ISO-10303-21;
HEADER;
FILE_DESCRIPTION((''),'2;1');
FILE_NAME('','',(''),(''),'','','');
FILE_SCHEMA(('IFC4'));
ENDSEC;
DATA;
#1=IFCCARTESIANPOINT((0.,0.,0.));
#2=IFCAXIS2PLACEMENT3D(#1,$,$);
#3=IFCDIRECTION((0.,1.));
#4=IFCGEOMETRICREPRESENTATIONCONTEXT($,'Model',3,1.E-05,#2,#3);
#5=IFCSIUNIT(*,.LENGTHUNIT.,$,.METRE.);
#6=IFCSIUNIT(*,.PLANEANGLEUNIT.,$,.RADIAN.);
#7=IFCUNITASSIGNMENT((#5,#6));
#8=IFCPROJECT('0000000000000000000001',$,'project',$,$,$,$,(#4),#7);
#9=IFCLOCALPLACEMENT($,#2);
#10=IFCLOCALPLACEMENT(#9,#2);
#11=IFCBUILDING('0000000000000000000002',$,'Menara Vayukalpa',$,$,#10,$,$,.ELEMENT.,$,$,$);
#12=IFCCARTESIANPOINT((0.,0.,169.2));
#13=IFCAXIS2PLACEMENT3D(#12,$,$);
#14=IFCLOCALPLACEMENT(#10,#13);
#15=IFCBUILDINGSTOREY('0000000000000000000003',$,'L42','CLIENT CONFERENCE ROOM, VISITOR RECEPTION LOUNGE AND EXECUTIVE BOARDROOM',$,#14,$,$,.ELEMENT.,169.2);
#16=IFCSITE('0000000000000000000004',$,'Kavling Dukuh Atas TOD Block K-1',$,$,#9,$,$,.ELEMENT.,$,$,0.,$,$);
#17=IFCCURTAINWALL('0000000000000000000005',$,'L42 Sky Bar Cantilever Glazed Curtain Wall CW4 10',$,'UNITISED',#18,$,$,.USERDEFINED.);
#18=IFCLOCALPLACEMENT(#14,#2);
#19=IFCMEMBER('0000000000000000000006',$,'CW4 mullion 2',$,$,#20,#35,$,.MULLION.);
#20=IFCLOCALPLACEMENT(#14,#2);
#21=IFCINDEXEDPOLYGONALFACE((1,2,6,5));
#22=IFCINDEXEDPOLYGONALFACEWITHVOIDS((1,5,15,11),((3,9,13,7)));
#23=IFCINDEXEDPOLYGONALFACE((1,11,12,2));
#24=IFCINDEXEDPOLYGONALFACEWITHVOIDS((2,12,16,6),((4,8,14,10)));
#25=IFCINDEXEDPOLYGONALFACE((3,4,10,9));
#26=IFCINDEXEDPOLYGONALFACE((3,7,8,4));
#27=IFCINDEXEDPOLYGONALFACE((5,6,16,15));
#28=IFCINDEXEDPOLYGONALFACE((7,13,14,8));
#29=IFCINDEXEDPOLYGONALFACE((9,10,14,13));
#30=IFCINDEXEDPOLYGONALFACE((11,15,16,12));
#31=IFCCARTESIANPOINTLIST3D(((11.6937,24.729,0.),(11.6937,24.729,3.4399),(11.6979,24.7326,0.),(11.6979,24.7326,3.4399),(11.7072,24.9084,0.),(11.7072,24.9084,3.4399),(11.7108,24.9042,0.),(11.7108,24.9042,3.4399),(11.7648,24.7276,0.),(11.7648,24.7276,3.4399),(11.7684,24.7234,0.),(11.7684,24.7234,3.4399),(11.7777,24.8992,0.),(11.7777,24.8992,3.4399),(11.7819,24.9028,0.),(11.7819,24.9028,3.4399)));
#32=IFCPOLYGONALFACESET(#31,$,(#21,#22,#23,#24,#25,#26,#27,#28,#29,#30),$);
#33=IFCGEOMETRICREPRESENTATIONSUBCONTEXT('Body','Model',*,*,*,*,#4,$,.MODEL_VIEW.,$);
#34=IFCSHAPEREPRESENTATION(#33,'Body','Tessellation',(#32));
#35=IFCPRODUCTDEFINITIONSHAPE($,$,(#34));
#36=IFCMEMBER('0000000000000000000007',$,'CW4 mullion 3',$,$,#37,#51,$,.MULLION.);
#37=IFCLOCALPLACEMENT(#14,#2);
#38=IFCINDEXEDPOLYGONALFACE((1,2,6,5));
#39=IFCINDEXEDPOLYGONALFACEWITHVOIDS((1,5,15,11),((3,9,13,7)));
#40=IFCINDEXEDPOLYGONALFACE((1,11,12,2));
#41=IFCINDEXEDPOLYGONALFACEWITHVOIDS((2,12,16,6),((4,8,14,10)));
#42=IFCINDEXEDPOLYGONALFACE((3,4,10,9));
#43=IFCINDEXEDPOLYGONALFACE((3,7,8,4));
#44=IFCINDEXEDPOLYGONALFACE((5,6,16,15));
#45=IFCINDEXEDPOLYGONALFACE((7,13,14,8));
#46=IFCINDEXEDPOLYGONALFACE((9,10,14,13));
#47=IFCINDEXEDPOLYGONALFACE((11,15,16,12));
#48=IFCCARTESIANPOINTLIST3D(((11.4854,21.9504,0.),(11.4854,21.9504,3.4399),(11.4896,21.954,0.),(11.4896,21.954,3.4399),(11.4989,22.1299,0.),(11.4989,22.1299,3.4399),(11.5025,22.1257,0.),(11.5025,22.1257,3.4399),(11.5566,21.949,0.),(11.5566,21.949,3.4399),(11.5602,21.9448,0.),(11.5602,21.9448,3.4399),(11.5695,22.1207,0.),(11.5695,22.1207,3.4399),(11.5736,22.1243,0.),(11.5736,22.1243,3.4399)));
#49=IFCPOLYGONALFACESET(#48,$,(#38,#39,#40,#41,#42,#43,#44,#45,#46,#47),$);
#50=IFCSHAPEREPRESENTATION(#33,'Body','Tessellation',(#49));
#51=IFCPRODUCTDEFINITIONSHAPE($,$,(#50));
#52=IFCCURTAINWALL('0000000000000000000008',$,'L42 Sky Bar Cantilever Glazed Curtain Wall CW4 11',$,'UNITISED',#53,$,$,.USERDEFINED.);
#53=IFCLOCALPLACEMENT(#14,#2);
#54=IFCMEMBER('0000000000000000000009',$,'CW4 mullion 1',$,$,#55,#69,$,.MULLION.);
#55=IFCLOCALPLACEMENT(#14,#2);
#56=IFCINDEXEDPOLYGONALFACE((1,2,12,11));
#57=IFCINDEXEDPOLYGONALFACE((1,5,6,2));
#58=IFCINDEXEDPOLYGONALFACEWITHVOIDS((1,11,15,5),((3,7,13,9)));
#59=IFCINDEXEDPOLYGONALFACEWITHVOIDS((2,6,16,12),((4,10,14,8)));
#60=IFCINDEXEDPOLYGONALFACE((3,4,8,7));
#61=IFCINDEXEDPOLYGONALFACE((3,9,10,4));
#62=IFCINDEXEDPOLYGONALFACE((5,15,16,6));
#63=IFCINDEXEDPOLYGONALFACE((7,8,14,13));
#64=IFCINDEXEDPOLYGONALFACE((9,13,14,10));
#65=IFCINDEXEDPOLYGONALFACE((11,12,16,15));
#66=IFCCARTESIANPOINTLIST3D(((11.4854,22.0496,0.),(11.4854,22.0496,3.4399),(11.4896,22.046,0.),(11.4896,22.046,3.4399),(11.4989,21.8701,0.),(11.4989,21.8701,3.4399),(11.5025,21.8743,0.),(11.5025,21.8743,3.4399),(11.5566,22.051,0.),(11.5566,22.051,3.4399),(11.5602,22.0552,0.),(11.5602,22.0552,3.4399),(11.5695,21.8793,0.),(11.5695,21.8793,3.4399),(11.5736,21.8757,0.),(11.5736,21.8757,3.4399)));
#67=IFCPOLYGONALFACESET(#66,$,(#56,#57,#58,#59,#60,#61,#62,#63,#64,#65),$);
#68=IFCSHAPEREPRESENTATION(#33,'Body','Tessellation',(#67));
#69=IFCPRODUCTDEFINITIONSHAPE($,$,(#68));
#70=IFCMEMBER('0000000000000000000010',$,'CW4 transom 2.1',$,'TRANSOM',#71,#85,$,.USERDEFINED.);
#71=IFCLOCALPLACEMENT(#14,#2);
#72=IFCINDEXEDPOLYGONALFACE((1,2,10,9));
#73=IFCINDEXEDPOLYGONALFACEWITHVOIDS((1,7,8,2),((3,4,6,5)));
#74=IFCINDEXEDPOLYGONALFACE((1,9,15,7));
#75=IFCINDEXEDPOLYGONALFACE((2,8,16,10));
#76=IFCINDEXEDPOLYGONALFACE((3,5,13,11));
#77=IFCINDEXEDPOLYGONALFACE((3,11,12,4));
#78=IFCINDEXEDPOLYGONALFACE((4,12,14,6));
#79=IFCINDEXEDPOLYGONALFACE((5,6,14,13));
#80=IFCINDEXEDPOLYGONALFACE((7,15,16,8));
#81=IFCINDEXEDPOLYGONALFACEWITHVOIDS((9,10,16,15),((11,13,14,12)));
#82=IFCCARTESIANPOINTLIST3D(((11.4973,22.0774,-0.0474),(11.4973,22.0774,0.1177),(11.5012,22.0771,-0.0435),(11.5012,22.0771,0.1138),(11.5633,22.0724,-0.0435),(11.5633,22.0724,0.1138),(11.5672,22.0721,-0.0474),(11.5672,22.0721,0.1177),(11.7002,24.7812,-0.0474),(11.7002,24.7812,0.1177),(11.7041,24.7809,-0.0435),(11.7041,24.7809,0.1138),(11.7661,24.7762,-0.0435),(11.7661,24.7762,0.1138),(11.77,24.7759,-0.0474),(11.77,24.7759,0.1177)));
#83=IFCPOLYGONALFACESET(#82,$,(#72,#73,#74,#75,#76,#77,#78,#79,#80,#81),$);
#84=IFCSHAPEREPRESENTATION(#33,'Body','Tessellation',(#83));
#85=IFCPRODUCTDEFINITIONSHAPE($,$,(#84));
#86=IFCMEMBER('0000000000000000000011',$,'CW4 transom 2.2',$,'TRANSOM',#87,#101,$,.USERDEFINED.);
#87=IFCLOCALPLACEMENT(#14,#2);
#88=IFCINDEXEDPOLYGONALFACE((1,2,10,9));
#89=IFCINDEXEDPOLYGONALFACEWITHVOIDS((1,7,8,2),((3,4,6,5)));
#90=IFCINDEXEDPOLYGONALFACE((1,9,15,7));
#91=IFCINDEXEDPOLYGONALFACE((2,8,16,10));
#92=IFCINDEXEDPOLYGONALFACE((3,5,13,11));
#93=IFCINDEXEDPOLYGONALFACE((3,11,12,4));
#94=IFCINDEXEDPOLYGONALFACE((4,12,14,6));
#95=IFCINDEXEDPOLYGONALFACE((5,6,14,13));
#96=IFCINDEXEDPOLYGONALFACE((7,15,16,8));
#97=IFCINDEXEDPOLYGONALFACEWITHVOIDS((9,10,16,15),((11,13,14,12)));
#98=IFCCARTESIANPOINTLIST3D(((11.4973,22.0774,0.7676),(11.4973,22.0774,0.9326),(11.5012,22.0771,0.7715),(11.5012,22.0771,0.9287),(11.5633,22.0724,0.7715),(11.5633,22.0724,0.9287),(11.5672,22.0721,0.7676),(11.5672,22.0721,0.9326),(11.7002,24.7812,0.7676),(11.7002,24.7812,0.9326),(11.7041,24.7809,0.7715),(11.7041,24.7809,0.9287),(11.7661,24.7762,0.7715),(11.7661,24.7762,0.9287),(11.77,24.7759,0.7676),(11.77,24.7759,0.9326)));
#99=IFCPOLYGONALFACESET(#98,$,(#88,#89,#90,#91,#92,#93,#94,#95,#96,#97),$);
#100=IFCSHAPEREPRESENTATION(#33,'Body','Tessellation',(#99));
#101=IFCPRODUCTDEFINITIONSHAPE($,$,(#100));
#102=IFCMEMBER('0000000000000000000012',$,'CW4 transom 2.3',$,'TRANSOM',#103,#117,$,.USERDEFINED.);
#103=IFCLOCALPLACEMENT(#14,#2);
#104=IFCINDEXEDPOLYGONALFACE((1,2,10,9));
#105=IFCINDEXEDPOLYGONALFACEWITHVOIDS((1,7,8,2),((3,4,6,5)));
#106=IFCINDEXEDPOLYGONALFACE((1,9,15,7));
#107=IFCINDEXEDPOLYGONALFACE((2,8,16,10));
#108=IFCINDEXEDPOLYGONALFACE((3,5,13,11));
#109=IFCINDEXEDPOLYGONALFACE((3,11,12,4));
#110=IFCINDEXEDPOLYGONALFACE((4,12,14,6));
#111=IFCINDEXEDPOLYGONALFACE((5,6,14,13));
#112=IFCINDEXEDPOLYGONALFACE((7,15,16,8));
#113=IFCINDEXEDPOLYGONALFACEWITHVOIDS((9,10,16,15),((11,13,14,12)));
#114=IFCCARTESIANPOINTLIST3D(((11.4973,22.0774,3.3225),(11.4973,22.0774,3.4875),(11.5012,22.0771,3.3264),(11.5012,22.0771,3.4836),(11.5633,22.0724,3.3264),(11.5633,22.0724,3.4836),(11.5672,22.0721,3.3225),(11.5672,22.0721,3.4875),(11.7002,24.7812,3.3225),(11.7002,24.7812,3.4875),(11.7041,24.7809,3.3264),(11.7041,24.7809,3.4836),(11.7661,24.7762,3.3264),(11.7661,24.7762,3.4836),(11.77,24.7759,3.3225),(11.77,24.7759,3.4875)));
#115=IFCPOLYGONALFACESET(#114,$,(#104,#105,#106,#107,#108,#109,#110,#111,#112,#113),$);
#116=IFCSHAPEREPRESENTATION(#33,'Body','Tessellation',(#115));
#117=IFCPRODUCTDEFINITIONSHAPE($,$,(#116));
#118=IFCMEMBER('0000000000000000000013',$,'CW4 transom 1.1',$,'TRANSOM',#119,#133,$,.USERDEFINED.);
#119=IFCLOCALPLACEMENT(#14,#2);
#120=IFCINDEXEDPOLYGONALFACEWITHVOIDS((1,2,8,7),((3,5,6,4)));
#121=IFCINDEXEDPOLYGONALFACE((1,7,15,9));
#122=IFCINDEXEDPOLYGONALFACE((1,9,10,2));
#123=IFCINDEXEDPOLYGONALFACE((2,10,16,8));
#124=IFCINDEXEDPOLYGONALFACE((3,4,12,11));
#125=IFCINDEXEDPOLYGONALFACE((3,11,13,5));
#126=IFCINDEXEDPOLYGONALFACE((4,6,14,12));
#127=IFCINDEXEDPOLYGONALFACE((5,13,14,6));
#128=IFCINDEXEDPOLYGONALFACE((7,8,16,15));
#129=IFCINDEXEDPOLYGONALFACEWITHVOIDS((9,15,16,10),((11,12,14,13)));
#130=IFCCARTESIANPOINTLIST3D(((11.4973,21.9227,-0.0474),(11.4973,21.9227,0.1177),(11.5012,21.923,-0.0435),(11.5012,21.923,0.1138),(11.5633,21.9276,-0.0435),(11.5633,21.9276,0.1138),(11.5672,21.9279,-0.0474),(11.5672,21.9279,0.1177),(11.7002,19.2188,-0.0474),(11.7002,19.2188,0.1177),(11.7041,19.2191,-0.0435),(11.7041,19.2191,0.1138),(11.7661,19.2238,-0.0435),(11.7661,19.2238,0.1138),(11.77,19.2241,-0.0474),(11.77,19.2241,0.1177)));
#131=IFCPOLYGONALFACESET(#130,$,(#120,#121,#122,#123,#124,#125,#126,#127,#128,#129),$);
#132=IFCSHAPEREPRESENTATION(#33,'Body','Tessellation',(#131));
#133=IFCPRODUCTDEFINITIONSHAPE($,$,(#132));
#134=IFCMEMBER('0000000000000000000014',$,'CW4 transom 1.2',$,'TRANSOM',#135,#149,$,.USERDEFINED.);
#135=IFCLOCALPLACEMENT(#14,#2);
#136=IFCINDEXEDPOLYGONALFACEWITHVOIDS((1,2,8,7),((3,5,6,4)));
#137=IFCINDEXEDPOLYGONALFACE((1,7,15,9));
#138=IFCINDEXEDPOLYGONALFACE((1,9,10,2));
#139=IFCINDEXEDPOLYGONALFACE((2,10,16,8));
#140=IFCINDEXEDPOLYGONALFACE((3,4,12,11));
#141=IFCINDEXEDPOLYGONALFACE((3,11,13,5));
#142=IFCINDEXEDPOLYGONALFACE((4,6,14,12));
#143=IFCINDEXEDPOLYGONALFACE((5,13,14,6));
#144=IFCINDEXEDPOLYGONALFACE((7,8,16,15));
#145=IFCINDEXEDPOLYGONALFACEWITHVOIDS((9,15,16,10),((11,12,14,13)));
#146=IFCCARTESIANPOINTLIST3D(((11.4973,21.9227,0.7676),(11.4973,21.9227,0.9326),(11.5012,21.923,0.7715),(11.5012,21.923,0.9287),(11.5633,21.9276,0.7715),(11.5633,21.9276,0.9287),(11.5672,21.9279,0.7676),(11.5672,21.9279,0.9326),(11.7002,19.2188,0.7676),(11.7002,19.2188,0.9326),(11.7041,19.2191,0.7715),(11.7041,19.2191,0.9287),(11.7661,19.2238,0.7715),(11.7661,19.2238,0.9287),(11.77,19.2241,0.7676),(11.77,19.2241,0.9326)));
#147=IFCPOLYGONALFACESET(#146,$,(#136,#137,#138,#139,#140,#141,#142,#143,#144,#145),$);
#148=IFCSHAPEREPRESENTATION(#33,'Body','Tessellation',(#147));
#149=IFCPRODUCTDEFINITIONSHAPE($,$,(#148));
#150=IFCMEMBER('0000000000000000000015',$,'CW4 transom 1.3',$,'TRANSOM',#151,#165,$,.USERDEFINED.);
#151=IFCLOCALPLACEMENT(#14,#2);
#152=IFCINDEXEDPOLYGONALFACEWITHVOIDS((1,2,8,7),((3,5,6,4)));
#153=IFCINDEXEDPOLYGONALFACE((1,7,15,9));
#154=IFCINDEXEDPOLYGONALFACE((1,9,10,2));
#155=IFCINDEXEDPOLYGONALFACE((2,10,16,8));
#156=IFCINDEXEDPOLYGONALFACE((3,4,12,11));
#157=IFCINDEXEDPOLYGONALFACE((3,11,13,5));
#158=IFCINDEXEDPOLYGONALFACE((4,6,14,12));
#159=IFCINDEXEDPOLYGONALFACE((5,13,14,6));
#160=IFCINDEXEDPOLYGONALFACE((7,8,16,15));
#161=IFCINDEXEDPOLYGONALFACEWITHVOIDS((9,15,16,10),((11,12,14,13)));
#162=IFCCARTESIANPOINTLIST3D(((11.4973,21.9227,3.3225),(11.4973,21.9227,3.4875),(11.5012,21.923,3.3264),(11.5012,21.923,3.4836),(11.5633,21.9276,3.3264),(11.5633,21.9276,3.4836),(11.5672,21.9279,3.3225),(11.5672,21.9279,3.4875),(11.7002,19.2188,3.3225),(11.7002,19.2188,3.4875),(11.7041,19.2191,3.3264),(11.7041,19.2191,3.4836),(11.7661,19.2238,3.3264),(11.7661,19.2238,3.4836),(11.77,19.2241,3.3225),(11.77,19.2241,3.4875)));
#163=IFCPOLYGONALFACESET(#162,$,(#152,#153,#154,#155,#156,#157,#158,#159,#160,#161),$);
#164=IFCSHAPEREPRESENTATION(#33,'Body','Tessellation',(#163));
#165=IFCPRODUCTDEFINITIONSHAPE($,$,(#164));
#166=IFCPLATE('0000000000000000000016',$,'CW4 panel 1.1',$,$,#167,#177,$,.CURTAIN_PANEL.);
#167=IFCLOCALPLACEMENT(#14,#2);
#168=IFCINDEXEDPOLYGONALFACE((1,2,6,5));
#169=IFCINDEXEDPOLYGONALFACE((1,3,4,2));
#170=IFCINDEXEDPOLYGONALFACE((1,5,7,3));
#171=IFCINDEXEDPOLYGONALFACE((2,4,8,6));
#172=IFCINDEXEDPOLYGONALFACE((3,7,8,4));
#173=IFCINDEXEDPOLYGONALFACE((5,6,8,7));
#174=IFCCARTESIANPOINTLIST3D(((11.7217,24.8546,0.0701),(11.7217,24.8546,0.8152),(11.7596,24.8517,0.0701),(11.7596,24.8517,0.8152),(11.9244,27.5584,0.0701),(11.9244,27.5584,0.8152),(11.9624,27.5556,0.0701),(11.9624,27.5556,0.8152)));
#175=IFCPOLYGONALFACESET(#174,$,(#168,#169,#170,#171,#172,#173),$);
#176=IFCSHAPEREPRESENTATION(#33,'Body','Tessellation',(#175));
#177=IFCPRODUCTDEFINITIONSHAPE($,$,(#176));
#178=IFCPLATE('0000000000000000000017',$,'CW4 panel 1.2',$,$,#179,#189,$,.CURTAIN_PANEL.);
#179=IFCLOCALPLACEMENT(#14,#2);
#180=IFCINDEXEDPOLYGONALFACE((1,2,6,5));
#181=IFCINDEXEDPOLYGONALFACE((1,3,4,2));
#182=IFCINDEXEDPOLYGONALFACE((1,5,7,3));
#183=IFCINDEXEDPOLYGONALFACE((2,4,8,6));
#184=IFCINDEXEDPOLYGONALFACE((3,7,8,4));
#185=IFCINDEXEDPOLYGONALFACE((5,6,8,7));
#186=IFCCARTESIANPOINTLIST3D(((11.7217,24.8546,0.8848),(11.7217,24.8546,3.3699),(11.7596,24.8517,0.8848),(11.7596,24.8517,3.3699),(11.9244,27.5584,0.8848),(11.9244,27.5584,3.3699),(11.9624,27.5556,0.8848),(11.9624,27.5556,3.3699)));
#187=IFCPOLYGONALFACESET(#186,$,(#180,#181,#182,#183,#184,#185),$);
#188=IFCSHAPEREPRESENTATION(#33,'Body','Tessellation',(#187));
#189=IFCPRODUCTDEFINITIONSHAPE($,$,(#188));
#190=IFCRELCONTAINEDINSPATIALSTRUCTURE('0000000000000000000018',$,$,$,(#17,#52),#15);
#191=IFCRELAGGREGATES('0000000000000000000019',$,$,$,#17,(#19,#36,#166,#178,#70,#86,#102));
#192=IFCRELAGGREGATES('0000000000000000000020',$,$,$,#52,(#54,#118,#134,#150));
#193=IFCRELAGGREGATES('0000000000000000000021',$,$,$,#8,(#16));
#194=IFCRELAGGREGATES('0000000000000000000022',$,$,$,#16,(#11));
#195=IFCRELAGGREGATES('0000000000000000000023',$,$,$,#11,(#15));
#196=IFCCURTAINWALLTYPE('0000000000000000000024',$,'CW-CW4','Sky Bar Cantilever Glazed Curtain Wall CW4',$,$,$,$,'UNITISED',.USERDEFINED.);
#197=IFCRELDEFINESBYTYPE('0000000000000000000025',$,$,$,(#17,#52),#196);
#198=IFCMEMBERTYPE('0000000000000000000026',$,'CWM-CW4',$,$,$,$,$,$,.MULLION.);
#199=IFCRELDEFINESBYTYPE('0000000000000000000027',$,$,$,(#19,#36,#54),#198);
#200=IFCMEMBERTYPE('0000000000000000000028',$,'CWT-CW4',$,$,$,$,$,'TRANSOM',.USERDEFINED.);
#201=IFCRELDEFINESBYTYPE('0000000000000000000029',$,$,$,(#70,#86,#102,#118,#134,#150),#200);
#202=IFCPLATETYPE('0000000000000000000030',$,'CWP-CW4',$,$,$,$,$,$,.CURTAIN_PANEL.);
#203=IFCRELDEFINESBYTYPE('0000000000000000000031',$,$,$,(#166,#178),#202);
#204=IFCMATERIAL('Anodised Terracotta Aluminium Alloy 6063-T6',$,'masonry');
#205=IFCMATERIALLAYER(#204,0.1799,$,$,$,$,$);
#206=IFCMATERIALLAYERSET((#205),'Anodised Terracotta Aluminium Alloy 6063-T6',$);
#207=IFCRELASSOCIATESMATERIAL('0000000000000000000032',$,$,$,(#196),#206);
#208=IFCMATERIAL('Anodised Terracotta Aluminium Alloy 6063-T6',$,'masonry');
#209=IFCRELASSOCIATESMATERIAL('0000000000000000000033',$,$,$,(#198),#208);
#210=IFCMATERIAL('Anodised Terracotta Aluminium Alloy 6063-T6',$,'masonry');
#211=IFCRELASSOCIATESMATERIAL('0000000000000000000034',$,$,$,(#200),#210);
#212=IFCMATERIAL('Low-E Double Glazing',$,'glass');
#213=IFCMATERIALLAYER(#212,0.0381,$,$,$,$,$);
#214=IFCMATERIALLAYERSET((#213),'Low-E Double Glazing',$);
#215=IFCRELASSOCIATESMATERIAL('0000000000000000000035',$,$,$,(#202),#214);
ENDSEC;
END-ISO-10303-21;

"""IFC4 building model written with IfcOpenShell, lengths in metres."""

from ifc_helpers import new_model, si_unit, direction, frame, origin, origin_2d, place, context, subcontext, project, spatial, rectangle, hollow_rectangle, extrude, material, layer, layer_set, material_profile, profile_set, type_object, element, aggregate, save


model = new_model("IFC4")

# Units and contexts
model_context = context("Model", 3, precision=1e-05, world=origin(), true_north=direction((0.0, 1.0)))
body_context = subcontext(model_context, "Body", "Model", "MODEL_VIEW")
ifc_project = project(units=[si_unit("LENGTHUNIT", "METRE"), si_unit("PLANEANGLEUNIT", "RADIAN")], contexts=[model_context])

# Site, building, storey
site_placement = place(None, origin())
site = spatial("IfcSite", under=ifc_project, at=site_placement, Name="Kavling Dukuh Atas TOD Block K-1", CompositionType="ELEMENT", RefElevation=0.0)
building_placement = place(site_placement, origin())
building = spatial("IfcBuilding", under=site, at=building_placement, Name="Menara Vayukalpa", CompositionType="ELEMENT")
storey_placement = place(building_placement, frame((0.0, 0.0, 169.2)))
storey = spatial("IfcBuildingStorey", under=building, at=storey_placement, Name="L42", Description="CLIENT CONFERENCE ROOM, VISITOR RECEPTION LOUNGE AND EXECUTIVE BOARDROOM", CompositionType="ELEMENT", Elevation=169.2)

# Curtain wall, members
ifc_material_1 = material(Name="Anodised Terracotta Aluminium Alloy 6063-T6", Category="masonry")
ifc_layer_1 = layer(ifc_material_1, 0.1799)
ifc_layer_set_1 = layer_set([ifc_layer_1], Name="Anodised Terracotta Aluminium Alloy 6063-T6")
curtain_wall_type = type_object("IfcCurtainWallType", Name="CW-CW4", Description="Sky Bar Cantilever Glazed Curtain Wall CW4", ElementType="UNITISED", PredefinedType="USERDEFINED", material=ifc_layer_set_1)
curtain_wall_1_placement = place(storey_placement, origin())
curtain_wall_1 = element("IfcCurtainWall", 1, at=curtain_wall_1_placement, inside=storey, type_object=curtain_wall_type, Name="L42 Sky Bar Cantilever Glazed Curtain Wall CW4 10", ObjectType="UNITISED", PredefinedType="USERDEFINED")
ifc_material_2 = material(Name="Anodised Terracotta Aluminium Alloy 6063-T6", Category="masonry")
ifc_material_profile_1 = material_profile(ifc_material_2, hollow_rectangle(XDim=0.075, YDim=0.1799, WallThickness=0.0039, at=origin_2d()), Name="ALU 75x180x4")
ifc_profile_set_1 = profile_set([ifc_material_profile_1], Name="Anodised Terracotta Aluminium Alloy 6063-T6")
member_type_1 = type_object("IfcMemberType", Name="CWM-CW4", PredefinedType="MULLION", material=ifc_profile_set_1)
member_1_placement = place(storey_placement, frame((11.7378, 24.8159, 0.0), z_axis=(0.0, 0.0, 1.0), x_axis=(0.997199, -0.074793, 0.0)))
member_1 = element("IfcMember", 2, at=member_1_placement, type_object=member_type_1, Name="CW4 mullion 2", PredefinedType="MULLION", context=body_context, shape_type="SweptSolid", body=[
    extrude(hollow_rectangle(XDim=0.075, YDim=0.1799, WallThickness=0.0039, at=origin_2d()), origin(), (0.0, 0.0, 1.0), 3.4399),
])
member_2_placement = place(storey_placement, frame((11.5295, 22.0374, 0.0), z_axis=(0.0, 0.0, 1.0), x_axis=(0.997199, -0.074793, 0.0)))
member_2 = element("IfcMember", 3, at=member_2_placement, type_object=member_type_1, Name="CW4 mullion 3", PredefinedType="MULLION", context=body_context, shape_type="SweptSolid", body=[
    extrude(hollow_rectangle(XDim=0.075, YDim=0.1799, WallThickness=0.0039, at=origin_2d()), origin(), (0.0, 0.0, 1.0), 3.4399),
])

# Curtain wall, member
curtain_wall_2_placement = place(storey_placement, origin())
curtain_wall_2 = element("IfcCurtainWall", 4, at=curtain_wall_2_placement, inside=storey, type_object=curtain_wall_type, Name="L42 Sky Bar Cantilever Glazed Curtain Wall CW4 11", ObjectType="UNITISED", PredefinedType="USERDEFINED")
member_3_placement = place(storey_placement, frame((11.5295, 21.9626, 0.0), z_axis=(0.0, 0.0, 1.0), x_axis=(0.997199, 0.074793, 0.0)))
member_3 = element("IfcMember", 5, at=member_3_placement, type_object=member_type_1, Name="CW4 mullion 1", PredefinedType="MULLION", context=body_context, shape_type="SweptSolid", body=[
    extrude(hollow_rectangle(XDim=0.075, YDim=0.1799, WallThickness=0.0039, at=origin_2d()), origin(), (0.0, 0.0, 1.0), 3.4399),
])

# Members
ifc_material_3 = material(Name="Anodised Terracotta Aluminium Alloy 6063-T6", Category="masonry")
ifc_material_profile_2 = material_profile(ifc_material_3, hollow_rectangle(XDim=0.0701, YDim=0.165, WallThickness=0.0039, at=origin_2d()), Name="ALU 70x165x4")
ifc_profile_set_2 = profile_set([ifc_material_profile_2], Name="Anodised Terracotta Aluminium Alloy 6063-T6")
member_type_2 = type_object("IfcMemberType", Name="CWT-CW4", ElementType="TRANSOM", PredefinedType="USERDEFINED", material=ifc_profile_set_2)
member_4_placement = place(storey_placement, frame((11.7351, 24.7786, 0.0352), z_axis=(-0.074824, -0.997197, 0.0), x_axis=(0.997197, -0.074824, 0.0)))
member_4 = element("IfcMember", 6, at=member_4_placement, type_object=member_type_2, Name="CW4 transom 2.1", ObjectType="TRANSOM", PredefinedType="USERDEFINED", context=body_context, shape_type="SweptSolid", body=[
    extrude(hollow_rectangle(XDim=0.0701, YDim=0.165, WallThickness=0.0039, at=origin_2d()), origin(), (0.0, 0.0, 1.0), 2.7114),
])
member_5_placement = place(storey_placement, frame((11.7351, 24.7786, 0.8501), z_axis=(-0.074824, -0.997197, 0.0), x_axis=(0.997197, -0.074824, 0.0)))
member_5 = element("IfcMember", 7, at=member_5_placement, type_object=member_type_2, Name="CW4 transom 2.2", ObjectType="TRANSOM", PredefinedType="USERDEFINED", context=body_context, shape_type="SweptSolid", body=[
    extrude(hollow_rectangle(XDim=0.0701, YDim=0.165, WallThickness=0.0039, at=origin_2d()), origin(), (0.0, 0.0, 1.0), 2.7114),
])
member_6_placement = place(storey_placement, frame((11.7351, 24.7786, 3.405), z_axis=(-0.074824, -0.997197, 0.0), x_axis=(0.997197, -0.074824, 0.0)))
member_6 = element("IfcMember", 8, at=member_6_placement, type_object=member_type_2, Name="CW4 transom 2.3", ObjectType="TRANSOM", PredefinedType="USERDEFINED", context=body_context, shape_type="SweptSolid", body=[
    extrude(hollow_rectangle(XDim=0.0701, YDim=0.165, WallThickness=0.0039, at=origin_2d()), origin(), (0.0, 0.0, 1.0), 2.7114),
])
member_7_placement = place(storey_placement, frame((11.5322, 21.9253, 0.0352), z_axis=(0.074824, -0.997197, 0.0), x_axis=(0.997197, 0.074824, 0.0)))
member_7 = element("IfcMember", 9, at=member_7_placement, type_object=member_type_2, Name="CW4 transom 1.1", ObjectType="TRANSOM", PredefinedType="USERDEFINED", context=body_context, shape_type="SweptSolid", body=[
    extrude(hollow_rectangle(XDim=0.0701, YDim=0.165, WallThickness=0.0039, at=origin_2d()), origin(), (0.0, 0.0, 1.0), 2.7114),
])
member_8_placement = place(storey_placement, frame((11.5322, 21.9253, 0.8501), z_axis=(0.074824, -0.997197, 0.0), x_axis=(0.997197, 0.074824, 0.0)))
member_8 = element("IfcMember", 10, at=member_8_placement, type_object=member_type_2, Name="CW4 transom 1.2", ObjectType="TRANSOM", PredefinedType="USERDEFINED", context=body_context, shape_type="SweptSolid", body=[
    extrude(hollow_rectangle(XDim=0.0701, YDim=0.165, WallThickness=0.0039, at=origin_2d()), origin(), (0.0, 0.0, 1.0), 2.7114),
])
member_9_placement = place(storey_placement, frame((11.5322, 21.9253, 3.405), z_axis=(0.074824, -0.997197, 0.0), x_axis=(0.997197, 0.074824, 0.0)))
member_9 = element("IfcMember", 11, at=member_9_placement, type_object=member_type_2, Name="CW4 transom 1.3", ObjectType="TRANSOM", PredefinedType="USERDEFINED", context=body_context, shape_type="SweptSolid", body=[
    extrude(hollow_rectangle(XDim=0.0701, YDim=0.165, WallThickness=0.0039, at=origin_2d()), origin(), (0.0, 0.0, 1.0), 2.7114),
])

# Plates
ifc_material_4 = material(Name="Low-E Double Glazing", Category="glass")
ifc_layer_2 = layer(ifc_material_4, 0.0381)
ifc_layer_set_2 = layer_set([ifc_layer_2], Name="Low-E Double Glazing")
plate_type = type_object("IfcPlateType", Name="CWP-CW4", PredefinedType="CURTAIN_PANEL", material=ifc_layer_set_2)
plate_1_placement = place(storey_placement, frame((11.842, 26.2051, 0.0701), z_axis=(0.0, 0.0, 1.0), x_axis=(-0.074793, -0.997199, 0.0)))
plate_1 = element("IfcPlate", 12, at=plate_1_placement, type_object=plate_type, Name="CW4 panel 1.1", PredefinedType="CURTAIN_PANEL", context=body_context, shape_type="SweptSolid", body=[
    extrude(rectangle(XDim=2.7114, YDim=0.0381, at=origin_2d()), origin(), (0.0, 0.0, 1.0), 0.7451),
])
plate_2_placement = place(storey_placement, frame((11.842, 26.2051, 0.8848), z_axis=(0.0, 0.0, 1.0), x_axis=(-0.074793, -0.997199, 0.0)))
plate_2 = element("IfcPlate", 13, at=plate_2_placement, type_object=plate_type, Name="CW4 panel 1.2", PredefinedType="CURTAIN_PANEL", context=body_context, shape_type="SweptSolid", body=[
    extrude(rectangle(XDim=2.7114, YDim=0.0381, at=origin_2d()), origin(), (0.0, 0.0, 1.0), 2.4851),
])
aggregate(curtain_wall_1, [member_1, member_2, plate_1, plate_2, member_4, member_5, member_6])
aggregate(curtain_wall_2, [member_3, member_7, member_8, member_9])

save(model, "model.ifc")
